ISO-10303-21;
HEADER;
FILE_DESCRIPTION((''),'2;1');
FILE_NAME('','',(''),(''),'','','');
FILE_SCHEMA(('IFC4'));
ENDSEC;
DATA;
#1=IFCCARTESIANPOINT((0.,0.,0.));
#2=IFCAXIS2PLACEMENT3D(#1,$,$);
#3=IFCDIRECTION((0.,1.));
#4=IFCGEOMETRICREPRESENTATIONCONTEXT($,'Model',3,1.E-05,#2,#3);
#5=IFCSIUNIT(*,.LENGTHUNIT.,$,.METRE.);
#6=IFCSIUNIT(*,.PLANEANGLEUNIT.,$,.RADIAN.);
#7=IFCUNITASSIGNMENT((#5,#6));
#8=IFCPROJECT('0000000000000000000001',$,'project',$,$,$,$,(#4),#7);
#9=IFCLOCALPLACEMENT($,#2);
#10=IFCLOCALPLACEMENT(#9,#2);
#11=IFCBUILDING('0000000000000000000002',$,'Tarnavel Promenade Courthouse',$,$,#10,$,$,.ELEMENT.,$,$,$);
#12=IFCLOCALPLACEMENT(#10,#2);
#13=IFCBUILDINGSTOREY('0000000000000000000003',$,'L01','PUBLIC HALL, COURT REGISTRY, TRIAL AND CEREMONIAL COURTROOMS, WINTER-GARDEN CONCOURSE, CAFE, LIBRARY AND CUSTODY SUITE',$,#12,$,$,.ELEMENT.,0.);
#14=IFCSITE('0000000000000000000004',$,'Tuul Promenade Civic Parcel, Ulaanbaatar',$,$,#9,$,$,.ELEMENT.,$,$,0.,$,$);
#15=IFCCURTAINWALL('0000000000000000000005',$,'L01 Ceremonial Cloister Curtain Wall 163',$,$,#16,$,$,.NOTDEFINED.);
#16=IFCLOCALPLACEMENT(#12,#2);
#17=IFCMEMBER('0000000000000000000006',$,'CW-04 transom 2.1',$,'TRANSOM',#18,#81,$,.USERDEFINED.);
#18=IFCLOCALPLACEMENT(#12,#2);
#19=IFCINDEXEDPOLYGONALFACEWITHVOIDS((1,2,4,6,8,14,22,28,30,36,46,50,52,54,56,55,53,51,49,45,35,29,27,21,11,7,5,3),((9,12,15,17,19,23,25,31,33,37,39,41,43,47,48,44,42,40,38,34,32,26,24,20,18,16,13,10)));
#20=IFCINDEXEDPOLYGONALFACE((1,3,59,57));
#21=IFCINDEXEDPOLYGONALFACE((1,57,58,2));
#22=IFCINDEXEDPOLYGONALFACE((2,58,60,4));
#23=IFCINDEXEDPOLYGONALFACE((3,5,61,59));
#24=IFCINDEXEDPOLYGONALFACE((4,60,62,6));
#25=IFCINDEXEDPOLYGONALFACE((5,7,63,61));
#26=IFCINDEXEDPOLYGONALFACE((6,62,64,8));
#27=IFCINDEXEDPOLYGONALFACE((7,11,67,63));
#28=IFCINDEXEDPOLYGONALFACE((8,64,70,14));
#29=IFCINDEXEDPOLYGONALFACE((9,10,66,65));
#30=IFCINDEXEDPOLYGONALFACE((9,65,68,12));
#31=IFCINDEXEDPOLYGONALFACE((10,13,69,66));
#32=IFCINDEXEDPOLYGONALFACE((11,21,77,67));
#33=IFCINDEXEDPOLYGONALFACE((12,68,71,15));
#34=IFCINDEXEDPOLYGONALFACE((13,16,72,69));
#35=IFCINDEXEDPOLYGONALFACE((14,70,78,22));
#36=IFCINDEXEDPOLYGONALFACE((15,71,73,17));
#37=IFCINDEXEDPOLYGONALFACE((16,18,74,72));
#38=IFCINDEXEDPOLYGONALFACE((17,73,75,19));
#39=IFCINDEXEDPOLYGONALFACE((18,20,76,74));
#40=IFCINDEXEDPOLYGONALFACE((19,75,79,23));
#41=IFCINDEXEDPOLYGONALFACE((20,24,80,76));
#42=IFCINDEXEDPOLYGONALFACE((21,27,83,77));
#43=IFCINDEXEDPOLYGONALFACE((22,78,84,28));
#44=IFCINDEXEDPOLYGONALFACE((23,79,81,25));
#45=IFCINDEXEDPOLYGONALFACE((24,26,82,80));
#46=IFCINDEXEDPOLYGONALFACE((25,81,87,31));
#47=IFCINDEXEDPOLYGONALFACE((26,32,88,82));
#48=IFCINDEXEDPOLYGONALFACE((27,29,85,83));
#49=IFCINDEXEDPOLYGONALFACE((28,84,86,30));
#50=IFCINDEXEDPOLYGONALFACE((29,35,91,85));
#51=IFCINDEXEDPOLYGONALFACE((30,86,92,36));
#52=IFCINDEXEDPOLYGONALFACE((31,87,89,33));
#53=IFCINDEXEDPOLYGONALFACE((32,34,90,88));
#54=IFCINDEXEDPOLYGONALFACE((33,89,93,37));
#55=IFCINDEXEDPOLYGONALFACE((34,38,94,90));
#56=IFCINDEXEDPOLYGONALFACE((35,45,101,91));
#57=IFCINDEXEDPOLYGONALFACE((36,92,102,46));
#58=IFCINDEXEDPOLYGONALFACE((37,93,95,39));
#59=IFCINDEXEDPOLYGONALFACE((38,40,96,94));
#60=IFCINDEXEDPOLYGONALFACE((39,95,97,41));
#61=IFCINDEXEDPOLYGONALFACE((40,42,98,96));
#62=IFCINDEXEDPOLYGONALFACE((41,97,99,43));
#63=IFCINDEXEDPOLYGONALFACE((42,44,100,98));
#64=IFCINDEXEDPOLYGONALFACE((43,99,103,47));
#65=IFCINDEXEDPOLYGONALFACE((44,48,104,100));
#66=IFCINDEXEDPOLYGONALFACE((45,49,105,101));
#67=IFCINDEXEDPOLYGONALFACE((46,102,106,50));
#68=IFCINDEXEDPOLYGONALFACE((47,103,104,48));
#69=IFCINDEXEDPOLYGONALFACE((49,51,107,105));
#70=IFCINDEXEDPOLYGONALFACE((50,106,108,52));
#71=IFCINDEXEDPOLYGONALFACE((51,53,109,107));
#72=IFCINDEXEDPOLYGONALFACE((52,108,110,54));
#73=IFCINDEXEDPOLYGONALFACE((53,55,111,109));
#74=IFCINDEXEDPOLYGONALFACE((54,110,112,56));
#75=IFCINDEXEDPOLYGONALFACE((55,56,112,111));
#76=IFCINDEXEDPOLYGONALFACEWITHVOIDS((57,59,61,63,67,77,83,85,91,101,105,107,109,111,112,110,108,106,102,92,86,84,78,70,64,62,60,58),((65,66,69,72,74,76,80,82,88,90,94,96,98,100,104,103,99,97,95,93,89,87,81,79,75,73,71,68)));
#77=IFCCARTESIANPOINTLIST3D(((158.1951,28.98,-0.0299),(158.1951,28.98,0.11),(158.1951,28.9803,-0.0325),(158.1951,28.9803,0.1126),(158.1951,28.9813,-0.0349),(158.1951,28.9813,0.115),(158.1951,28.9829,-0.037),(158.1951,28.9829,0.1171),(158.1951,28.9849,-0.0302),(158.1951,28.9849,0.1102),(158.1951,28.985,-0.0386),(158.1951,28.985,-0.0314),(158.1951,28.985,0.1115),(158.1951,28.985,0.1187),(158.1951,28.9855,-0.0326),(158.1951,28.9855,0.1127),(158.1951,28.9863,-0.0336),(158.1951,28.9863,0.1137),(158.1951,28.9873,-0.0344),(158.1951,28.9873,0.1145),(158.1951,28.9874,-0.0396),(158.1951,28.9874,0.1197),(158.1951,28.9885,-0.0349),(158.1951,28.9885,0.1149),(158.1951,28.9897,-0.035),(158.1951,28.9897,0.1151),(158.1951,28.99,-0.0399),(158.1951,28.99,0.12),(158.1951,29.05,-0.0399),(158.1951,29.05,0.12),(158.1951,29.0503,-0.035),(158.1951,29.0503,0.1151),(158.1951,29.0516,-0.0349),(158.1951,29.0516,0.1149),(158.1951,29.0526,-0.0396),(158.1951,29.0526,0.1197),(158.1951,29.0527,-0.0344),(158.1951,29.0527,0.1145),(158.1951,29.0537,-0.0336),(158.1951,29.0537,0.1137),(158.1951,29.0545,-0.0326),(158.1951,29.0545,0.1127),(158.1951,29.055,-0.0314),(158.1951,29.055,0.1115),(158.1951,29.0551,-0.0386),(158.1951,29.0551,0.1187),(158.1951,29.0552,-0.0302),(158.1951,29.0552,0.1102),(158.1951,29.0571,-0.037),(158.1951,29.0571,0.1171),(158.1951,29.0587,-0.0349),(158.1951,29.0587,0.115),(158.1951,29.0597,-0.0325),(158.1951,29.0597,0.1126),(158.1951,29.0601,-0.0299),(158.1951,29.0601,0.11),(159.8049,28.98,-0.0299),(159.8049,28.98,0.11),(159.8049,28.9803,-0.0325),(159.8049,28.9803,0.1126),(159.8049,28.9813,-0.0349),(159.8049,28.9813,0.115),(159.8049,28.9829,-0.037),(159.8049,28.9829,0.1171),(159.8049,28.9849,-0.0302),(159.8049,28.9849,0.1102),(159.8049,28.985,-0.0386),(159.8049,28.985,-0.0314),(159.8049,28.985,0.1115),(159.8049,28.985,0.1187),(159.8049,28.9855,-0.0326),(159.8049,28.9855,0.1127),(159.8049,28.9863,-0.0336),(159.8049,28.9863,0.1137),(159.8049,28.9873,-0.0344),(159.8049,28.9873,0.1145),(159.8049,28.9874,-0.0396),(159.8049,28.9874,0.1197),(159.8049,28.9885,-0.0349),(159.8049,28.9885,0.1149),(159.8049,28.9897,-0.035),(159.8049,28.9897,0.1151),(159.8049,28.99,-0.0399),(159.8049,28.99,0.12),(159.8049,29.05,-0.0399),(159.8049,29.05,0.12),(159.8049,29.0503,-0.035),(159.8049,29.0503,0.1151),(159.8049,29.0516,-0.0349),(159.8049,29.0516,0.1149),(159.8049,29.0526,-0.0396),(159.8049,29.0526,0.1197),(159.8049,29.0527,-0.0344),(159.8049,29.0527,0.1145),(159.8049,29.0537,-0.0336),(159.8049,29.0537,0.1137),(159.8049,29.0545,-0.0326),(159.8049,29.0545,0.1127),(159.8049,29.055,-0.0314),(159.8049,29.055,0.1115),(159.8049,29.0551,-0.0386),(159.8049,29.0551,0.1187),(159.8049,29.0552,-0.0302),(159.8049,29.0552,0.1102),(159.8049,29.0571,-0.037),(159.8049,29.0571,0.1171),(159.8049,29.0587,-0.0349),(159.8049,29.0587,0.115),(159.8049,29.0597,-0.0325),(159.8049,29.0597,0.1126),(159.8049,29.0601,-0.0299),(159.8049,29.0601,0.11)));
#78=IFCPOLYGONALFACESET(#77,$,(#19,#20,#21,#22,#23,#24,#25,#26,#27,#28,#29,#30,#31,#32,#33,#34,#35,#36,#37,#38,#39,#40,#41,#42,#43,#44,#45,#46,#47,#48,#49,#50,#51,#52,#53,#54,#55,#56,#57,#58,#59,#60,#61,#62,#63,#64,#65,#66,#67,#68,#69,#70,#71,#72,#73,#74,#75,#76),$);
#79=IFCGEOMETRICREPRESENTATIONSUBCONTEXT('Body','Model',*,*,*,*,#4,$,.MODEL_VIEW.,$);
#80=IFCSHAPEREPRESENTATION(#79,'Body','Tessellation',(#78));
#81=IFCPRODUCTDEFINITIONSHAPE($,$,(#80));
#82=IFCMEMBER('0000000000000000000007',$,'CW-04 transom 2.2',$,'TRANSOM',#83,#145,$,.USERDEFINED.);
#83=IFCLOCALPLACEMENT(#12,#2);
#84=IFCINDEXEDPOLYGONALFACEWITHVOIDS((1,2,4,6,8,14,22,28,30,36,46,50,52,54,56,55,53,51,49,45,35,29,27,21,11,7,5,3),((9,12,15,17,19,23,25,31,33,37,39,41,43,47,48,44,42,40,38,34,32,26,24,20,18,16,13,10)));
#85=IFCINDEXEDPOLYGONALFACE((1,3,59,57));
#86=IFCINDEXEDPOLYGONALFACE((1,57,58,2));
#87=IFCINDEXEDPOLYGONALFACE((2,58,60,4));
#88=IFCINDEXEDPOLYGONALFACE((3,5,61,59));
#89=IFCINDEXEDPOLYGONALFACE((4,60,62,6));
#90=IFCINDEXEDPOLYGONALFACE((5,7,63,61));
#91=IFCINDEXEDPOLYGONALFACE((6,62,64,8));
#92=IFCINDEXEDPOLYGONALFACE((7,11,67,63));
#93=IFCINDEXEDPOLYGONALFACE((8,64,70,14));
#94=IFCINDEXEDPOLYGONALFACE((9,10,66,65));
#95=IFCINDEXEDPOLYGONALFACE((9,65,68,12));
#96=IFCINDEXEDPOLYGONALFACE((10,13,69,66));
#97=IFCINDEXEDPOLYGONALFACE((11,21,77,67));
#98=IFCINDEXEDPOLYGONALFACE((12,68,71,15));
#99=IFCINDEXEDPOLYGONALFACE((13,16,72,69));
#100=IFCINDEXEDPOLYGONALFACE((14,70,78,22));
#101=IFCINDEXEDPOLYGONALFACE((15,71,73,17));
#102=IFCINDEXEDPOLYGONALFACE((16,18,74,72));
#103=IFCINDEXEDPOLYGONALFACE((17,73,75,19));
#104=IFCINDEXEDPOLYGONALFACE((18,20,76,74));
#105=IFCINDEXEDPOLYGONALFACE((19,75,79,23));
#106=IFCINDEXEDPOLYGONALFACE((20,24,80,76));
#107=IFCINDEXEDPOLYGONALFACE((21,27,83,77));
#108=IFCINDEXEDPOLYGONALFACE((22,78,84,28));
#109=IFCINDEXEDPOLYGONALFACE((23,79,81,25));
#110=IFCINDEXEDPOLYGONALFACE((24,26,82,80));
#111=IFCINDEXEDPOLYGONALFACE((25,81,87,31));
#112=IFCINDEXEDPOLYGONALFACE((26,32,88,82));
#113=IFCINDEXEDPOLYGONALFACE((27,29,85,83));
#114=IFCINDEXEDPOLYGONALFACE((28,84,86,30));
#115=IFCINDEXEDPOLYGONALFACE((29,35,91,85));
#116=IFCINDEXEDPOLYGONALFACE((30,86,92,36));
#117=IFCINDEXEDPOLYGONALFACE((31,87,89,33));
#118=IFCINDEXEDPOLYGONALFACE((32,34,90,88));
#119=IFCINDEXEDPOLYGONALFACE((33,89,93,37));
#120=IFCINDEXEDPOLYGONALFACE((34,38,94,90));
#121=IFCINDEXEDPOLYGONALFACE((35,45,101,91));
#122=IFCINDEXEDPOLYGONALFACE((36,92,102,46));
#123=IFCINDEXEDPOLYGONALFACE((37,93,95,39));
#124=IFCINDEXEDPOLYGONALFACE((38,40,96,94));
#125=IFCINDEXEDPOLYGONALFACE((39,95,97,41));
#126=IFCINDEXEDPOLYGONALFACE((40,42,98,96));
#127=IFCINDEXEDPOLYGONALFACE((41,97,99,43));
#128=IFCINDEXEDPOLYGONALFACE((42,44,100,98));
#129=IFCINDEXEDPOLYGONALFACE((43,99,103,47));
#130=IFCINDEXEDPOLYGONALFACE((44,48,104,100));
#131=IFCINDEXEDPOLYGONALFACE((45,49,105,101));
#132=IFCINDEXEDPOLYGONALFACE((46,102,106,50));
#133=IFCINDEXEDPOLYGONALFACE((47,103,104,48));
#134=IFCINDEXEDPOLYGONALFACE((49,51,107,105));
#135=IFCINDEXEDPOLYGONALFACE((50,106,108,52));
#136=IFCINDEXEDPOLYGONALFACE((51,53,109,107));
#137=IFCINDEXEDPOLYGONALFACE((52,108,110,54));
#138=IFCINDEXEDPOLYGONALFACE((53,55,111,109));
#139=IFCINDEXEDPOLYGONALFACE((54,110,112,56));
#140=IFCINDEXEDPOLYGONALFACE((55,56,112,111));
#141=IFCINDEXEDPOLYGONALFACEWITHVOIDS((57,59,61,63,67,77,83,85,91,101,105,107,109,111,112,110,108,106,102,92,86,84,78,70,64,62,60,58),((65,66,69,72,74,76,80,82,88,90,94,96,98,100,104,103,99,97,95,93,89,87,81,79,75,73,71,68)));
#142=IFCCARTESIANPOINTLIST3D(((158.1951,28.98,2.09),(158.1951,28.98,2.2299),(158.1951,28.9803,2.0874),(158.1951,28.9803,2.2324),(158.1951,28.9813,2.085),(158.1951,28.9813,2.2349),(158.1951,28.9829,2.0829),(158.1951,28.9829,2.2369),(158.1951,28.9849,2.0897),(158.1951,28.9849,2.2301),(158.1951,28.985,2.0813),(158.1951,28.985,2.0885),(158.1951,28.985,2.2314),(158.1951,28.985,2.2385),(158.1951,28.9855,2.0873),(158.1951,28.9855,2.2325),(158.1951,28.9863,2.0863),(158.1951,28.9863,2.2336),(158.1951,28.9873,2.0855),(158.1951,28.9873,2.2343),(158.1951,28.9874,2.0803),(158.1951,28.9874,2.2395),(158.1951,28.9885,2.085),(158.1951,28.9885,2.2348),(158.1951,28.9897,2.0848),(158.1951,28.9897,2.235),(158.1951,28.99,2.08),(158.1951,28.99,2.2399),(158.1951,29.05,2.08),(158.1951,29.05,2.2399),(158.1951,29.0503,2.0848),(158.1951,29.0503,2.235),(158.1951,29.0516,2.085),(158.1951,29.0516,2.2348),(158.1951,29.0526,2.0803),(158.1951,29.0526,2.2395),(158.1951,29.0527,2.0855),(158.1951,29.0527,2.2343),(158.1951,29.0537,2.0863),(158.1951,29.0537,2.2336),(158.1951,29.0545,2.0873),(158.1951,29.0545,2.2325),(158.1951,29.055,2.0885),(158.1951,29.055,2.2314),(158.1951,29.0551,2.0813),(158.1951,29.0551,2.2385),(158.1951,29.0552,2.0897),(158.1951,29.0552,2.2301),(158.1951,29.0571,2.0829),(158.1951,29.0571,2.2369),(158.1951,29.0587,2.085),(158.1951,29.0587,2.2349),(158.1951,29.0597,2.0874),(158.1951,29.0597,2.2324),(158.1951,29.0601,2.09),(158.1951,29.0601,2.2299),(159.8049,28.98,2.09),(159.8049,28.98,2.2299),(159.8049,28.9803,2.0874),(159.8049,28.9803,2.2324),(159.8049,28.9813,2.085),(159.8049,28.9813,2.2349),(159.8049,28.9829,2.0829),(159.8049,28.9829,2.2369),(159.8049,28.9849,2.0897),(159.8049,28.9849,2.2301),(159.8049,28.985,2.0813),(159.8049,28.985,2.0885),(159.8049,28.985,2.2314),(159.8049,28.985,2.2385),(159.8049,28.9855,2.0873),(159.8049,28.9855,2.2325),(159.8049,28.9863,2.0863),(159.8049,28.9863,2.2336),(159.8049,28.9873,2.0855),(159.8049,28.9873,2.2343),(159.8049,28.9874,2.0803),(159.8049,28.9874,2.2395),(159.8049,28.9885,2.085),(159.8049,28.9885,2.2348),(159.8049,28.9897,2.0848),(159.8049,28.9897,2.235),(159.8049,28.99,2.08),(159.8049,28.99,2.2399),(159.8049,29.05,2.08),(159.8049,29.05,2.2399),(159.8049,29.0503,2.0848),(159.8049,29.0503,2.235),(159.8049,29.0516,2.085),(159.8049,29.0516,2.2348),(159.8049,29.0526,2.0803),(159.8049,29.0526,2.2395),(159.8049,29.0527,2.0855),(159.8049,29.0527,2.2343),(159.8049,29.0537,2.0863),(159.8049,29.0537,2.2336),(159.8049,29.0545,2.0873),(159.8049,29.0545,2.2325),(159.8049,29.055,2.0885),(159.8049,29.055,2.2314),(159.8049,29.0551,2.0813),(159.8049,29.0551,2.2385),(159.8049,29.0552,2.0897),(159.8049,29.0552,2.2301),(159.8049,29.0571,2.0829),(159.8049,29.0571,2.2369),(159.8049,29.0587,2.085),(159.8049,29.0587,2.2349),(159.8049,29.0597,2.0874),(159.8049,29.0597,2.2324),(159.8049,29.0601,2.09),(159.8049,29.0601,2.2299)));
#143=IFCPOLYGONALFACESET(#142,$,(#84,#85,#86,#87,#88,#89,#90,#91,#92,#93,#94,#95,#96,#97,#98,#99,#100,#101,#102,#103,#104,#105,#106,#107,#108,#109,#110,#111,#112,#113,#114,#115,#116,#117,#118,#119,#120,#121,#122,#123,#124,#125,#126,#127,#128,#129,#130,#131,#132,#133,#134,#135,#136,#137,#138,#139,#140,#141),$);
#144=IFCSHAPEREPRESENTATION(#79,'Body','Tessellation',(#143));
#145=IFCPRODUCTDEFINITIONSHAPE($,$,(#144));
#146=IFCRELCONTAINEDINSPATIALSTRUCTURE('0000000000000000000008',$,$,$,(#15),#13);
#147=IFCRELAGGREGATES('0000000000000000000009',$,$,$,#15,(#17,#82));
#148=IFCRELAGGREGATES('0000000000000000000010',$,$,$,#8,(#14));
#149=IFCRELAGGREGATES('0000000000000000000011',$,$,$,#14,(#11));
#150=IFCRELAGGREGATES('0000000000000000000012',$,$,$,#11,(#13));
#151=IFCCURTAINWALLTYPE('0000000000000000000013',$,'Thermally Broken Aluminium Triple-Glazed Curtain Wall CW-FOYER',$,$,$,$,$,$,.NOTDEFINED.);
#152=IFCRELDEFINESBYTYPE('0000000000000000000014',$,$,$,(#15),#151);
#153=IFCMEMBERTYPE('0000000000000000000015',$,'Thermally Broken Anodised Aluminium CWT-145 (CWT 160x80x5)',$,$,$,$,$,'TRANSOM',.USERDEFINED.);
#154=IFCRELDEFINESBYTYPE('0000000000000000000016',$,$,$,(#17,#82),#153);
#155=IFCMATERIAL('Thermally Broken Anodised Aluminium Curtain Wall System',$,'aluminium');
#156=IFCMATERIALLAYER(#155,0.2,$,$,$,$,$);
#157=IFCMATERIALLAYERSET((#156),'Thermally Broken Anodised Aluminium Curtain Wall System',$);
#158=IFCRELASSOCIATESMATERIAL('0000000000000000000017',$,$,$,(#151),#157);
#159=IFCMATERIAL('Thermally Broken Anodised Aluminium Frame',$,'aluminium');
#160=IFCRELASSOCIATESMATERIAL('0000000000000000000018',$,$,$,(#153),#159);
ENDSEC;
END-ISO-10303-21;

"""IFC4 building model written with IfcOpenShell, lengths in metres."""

from ifc_helpers import new_model, si_unit, direction, frame, origin, origin_2d, place, context, subcontext, project, spatial, hollow_rectangle, extrude, material, layer, layer_set, material_profile, profile_set, type_object, element, aggregate, save


model = new_model("IFC4")

# Units and contexts
model_context = context("Model", 3, precision=1e-05, world=origin(), true_north=direction((0.0, 1.0)))
body_context = subcontext(model_context, "Body", "Model", "MODEL_VIEW")
ifc_project = project(units=[si_unit("LENGTHUNIT", "METRE"), si_unit("PLANEANGLEUNIT", "RADIAN")], contexts=[model_context])

# Site, building, storey
site_placement = place(None, origin())
site = spatial("IfcSite", under=ifc_project, at=site_placement, Name="Tuul Promenade Civic Parcel, Ulaanbaatar", CompositionType="ELEMENT", RefElevation=0.0)
building_placement = place(site_placement, origin())
building = spatial("IfcBuilding", under=site, at=building_placement, Name="Tarnavel Promenade Courthouse", CompositionType="ELEMENT")
storey_placement = place(building_placement, origin())
storey = spatial("IfcBuildingStorey", under=building, at=storey_placement, Name="L01", Description="PUBLIC HALL, COURT REGISTRY, TRIAL AND CEREMONIAL COURTROOMS, WINTER-GARDEN CONCOURSE, CAFE, LIBRARY AND CUSTODY SUITE", CompositionType="ELEMENT", Elevation=0.0)

# Shared definitions
ifc_material_1 = material(Name="Thermally Broken Anodised Aluminium Curtain Wall System", Category="aluminium")
ifc_layer_1 = layer(ifc_material_1, 0.2)
ifc_layer_set_1 = layer_set([ifc_layer_1], Name="Thermally Broken Anodised Aluminium Curtain Wall System")
curtain_wall_type = type_object("IfcCurtainWallType", Name="Thermally Broken Aluminium Triple-Glazed Curtain Wall CW-FOYER", PredefinedType="NOTDEFINED", material=ifc_layer_set_1)
ifc_material_2 = material(Name="Thermally Broken Anodised Aluminium Frame", Category="aluminium")

# Curtain wall, members
curtain_wall_1_placement = place(storey_placement, origin())
curtain_wall_1 = element("IfcCurtainWall", 1, at=curtain_wall_1_placement, inside=storey, type_object=curtain_wall_type, Name="L01 Ceremonial Cloister Curtain Wall 163", PredefinedType="NOTDEFINED")
ifc_material_profile_1 = material_profile(ifc_material_2, hollow_rectangle(XDim=0.0801, YDim=0.1599, WallThickness=0.0049, InnerFilletRadius=0.0049, OuterFilletRadius=0.01, at=origin_2d()), Name="CWT 160x80x5")
ifc_profile_set_1 = profile_set([ifc_material_profile_1], Name="Thermally Broken Anodised Aluminium Frame")
member_type_1 = type_object("IfcMemberType", Name="Thermally Broken Anodised Aluminium CWT-145 (CWT 160x80x5)", ElementType="TRANSOM", PredefinedType="USERDEFINED", material=ifc_profile_set_1)
member_1_placement = place(storey_placement, frame((158.1951, 29.02, 0.04), z_axis=(1.0, 0.0, 0.0), x_axis=(0.0, 1.0, 0.0)))
member_1 = element("IfcMember", 2, at=member_1_placement, type_object=member_type_1, Name="CW-04 transom 2.1", ObjectType="TRANSOM", PredefinedType="USERDEFINED", context=body_context, shape_type="SweptSolid", body=[
    extrude(hollow_rectangle(XDim=0.0801, YDim=0.1599, WallThickness=0.0049, InnerFilletRadius=0.0049, OuterFilletRadius=0.01, at=origin_2d()), origin(), (0.0, 0.0, 1.0), 1.6099),
])
member_2_placement = place(storey_placement, frame((158.1951, 29.02, 2.1599), z_axis=(1.0, 0.0, 0.0), x_axis=(0.0, 1.0, 0.0)))
member_2 = element("IfcMember", 3, at=member_2_placement, type_object=member_type_1, Name="CW-04 transom 2.2", ObjectType="TRANSOM", PredefinedType="USERDEFINED", context=body_context, shape_type="SweptSolid", body=[
    extrude(hollow_rectangle(XDim=0.0801, YDim=0.1599, WallThickness=0.0049, InnerFilletRadius=0.0049, OuterFilletRadius=0.01, at=origin_2d()), origin(), (0.0, 0.0, 1.0), 1.6099),
])
aggregate(curtain_wall_1, [member_1, member_2])

save(model, "model.ifc")
